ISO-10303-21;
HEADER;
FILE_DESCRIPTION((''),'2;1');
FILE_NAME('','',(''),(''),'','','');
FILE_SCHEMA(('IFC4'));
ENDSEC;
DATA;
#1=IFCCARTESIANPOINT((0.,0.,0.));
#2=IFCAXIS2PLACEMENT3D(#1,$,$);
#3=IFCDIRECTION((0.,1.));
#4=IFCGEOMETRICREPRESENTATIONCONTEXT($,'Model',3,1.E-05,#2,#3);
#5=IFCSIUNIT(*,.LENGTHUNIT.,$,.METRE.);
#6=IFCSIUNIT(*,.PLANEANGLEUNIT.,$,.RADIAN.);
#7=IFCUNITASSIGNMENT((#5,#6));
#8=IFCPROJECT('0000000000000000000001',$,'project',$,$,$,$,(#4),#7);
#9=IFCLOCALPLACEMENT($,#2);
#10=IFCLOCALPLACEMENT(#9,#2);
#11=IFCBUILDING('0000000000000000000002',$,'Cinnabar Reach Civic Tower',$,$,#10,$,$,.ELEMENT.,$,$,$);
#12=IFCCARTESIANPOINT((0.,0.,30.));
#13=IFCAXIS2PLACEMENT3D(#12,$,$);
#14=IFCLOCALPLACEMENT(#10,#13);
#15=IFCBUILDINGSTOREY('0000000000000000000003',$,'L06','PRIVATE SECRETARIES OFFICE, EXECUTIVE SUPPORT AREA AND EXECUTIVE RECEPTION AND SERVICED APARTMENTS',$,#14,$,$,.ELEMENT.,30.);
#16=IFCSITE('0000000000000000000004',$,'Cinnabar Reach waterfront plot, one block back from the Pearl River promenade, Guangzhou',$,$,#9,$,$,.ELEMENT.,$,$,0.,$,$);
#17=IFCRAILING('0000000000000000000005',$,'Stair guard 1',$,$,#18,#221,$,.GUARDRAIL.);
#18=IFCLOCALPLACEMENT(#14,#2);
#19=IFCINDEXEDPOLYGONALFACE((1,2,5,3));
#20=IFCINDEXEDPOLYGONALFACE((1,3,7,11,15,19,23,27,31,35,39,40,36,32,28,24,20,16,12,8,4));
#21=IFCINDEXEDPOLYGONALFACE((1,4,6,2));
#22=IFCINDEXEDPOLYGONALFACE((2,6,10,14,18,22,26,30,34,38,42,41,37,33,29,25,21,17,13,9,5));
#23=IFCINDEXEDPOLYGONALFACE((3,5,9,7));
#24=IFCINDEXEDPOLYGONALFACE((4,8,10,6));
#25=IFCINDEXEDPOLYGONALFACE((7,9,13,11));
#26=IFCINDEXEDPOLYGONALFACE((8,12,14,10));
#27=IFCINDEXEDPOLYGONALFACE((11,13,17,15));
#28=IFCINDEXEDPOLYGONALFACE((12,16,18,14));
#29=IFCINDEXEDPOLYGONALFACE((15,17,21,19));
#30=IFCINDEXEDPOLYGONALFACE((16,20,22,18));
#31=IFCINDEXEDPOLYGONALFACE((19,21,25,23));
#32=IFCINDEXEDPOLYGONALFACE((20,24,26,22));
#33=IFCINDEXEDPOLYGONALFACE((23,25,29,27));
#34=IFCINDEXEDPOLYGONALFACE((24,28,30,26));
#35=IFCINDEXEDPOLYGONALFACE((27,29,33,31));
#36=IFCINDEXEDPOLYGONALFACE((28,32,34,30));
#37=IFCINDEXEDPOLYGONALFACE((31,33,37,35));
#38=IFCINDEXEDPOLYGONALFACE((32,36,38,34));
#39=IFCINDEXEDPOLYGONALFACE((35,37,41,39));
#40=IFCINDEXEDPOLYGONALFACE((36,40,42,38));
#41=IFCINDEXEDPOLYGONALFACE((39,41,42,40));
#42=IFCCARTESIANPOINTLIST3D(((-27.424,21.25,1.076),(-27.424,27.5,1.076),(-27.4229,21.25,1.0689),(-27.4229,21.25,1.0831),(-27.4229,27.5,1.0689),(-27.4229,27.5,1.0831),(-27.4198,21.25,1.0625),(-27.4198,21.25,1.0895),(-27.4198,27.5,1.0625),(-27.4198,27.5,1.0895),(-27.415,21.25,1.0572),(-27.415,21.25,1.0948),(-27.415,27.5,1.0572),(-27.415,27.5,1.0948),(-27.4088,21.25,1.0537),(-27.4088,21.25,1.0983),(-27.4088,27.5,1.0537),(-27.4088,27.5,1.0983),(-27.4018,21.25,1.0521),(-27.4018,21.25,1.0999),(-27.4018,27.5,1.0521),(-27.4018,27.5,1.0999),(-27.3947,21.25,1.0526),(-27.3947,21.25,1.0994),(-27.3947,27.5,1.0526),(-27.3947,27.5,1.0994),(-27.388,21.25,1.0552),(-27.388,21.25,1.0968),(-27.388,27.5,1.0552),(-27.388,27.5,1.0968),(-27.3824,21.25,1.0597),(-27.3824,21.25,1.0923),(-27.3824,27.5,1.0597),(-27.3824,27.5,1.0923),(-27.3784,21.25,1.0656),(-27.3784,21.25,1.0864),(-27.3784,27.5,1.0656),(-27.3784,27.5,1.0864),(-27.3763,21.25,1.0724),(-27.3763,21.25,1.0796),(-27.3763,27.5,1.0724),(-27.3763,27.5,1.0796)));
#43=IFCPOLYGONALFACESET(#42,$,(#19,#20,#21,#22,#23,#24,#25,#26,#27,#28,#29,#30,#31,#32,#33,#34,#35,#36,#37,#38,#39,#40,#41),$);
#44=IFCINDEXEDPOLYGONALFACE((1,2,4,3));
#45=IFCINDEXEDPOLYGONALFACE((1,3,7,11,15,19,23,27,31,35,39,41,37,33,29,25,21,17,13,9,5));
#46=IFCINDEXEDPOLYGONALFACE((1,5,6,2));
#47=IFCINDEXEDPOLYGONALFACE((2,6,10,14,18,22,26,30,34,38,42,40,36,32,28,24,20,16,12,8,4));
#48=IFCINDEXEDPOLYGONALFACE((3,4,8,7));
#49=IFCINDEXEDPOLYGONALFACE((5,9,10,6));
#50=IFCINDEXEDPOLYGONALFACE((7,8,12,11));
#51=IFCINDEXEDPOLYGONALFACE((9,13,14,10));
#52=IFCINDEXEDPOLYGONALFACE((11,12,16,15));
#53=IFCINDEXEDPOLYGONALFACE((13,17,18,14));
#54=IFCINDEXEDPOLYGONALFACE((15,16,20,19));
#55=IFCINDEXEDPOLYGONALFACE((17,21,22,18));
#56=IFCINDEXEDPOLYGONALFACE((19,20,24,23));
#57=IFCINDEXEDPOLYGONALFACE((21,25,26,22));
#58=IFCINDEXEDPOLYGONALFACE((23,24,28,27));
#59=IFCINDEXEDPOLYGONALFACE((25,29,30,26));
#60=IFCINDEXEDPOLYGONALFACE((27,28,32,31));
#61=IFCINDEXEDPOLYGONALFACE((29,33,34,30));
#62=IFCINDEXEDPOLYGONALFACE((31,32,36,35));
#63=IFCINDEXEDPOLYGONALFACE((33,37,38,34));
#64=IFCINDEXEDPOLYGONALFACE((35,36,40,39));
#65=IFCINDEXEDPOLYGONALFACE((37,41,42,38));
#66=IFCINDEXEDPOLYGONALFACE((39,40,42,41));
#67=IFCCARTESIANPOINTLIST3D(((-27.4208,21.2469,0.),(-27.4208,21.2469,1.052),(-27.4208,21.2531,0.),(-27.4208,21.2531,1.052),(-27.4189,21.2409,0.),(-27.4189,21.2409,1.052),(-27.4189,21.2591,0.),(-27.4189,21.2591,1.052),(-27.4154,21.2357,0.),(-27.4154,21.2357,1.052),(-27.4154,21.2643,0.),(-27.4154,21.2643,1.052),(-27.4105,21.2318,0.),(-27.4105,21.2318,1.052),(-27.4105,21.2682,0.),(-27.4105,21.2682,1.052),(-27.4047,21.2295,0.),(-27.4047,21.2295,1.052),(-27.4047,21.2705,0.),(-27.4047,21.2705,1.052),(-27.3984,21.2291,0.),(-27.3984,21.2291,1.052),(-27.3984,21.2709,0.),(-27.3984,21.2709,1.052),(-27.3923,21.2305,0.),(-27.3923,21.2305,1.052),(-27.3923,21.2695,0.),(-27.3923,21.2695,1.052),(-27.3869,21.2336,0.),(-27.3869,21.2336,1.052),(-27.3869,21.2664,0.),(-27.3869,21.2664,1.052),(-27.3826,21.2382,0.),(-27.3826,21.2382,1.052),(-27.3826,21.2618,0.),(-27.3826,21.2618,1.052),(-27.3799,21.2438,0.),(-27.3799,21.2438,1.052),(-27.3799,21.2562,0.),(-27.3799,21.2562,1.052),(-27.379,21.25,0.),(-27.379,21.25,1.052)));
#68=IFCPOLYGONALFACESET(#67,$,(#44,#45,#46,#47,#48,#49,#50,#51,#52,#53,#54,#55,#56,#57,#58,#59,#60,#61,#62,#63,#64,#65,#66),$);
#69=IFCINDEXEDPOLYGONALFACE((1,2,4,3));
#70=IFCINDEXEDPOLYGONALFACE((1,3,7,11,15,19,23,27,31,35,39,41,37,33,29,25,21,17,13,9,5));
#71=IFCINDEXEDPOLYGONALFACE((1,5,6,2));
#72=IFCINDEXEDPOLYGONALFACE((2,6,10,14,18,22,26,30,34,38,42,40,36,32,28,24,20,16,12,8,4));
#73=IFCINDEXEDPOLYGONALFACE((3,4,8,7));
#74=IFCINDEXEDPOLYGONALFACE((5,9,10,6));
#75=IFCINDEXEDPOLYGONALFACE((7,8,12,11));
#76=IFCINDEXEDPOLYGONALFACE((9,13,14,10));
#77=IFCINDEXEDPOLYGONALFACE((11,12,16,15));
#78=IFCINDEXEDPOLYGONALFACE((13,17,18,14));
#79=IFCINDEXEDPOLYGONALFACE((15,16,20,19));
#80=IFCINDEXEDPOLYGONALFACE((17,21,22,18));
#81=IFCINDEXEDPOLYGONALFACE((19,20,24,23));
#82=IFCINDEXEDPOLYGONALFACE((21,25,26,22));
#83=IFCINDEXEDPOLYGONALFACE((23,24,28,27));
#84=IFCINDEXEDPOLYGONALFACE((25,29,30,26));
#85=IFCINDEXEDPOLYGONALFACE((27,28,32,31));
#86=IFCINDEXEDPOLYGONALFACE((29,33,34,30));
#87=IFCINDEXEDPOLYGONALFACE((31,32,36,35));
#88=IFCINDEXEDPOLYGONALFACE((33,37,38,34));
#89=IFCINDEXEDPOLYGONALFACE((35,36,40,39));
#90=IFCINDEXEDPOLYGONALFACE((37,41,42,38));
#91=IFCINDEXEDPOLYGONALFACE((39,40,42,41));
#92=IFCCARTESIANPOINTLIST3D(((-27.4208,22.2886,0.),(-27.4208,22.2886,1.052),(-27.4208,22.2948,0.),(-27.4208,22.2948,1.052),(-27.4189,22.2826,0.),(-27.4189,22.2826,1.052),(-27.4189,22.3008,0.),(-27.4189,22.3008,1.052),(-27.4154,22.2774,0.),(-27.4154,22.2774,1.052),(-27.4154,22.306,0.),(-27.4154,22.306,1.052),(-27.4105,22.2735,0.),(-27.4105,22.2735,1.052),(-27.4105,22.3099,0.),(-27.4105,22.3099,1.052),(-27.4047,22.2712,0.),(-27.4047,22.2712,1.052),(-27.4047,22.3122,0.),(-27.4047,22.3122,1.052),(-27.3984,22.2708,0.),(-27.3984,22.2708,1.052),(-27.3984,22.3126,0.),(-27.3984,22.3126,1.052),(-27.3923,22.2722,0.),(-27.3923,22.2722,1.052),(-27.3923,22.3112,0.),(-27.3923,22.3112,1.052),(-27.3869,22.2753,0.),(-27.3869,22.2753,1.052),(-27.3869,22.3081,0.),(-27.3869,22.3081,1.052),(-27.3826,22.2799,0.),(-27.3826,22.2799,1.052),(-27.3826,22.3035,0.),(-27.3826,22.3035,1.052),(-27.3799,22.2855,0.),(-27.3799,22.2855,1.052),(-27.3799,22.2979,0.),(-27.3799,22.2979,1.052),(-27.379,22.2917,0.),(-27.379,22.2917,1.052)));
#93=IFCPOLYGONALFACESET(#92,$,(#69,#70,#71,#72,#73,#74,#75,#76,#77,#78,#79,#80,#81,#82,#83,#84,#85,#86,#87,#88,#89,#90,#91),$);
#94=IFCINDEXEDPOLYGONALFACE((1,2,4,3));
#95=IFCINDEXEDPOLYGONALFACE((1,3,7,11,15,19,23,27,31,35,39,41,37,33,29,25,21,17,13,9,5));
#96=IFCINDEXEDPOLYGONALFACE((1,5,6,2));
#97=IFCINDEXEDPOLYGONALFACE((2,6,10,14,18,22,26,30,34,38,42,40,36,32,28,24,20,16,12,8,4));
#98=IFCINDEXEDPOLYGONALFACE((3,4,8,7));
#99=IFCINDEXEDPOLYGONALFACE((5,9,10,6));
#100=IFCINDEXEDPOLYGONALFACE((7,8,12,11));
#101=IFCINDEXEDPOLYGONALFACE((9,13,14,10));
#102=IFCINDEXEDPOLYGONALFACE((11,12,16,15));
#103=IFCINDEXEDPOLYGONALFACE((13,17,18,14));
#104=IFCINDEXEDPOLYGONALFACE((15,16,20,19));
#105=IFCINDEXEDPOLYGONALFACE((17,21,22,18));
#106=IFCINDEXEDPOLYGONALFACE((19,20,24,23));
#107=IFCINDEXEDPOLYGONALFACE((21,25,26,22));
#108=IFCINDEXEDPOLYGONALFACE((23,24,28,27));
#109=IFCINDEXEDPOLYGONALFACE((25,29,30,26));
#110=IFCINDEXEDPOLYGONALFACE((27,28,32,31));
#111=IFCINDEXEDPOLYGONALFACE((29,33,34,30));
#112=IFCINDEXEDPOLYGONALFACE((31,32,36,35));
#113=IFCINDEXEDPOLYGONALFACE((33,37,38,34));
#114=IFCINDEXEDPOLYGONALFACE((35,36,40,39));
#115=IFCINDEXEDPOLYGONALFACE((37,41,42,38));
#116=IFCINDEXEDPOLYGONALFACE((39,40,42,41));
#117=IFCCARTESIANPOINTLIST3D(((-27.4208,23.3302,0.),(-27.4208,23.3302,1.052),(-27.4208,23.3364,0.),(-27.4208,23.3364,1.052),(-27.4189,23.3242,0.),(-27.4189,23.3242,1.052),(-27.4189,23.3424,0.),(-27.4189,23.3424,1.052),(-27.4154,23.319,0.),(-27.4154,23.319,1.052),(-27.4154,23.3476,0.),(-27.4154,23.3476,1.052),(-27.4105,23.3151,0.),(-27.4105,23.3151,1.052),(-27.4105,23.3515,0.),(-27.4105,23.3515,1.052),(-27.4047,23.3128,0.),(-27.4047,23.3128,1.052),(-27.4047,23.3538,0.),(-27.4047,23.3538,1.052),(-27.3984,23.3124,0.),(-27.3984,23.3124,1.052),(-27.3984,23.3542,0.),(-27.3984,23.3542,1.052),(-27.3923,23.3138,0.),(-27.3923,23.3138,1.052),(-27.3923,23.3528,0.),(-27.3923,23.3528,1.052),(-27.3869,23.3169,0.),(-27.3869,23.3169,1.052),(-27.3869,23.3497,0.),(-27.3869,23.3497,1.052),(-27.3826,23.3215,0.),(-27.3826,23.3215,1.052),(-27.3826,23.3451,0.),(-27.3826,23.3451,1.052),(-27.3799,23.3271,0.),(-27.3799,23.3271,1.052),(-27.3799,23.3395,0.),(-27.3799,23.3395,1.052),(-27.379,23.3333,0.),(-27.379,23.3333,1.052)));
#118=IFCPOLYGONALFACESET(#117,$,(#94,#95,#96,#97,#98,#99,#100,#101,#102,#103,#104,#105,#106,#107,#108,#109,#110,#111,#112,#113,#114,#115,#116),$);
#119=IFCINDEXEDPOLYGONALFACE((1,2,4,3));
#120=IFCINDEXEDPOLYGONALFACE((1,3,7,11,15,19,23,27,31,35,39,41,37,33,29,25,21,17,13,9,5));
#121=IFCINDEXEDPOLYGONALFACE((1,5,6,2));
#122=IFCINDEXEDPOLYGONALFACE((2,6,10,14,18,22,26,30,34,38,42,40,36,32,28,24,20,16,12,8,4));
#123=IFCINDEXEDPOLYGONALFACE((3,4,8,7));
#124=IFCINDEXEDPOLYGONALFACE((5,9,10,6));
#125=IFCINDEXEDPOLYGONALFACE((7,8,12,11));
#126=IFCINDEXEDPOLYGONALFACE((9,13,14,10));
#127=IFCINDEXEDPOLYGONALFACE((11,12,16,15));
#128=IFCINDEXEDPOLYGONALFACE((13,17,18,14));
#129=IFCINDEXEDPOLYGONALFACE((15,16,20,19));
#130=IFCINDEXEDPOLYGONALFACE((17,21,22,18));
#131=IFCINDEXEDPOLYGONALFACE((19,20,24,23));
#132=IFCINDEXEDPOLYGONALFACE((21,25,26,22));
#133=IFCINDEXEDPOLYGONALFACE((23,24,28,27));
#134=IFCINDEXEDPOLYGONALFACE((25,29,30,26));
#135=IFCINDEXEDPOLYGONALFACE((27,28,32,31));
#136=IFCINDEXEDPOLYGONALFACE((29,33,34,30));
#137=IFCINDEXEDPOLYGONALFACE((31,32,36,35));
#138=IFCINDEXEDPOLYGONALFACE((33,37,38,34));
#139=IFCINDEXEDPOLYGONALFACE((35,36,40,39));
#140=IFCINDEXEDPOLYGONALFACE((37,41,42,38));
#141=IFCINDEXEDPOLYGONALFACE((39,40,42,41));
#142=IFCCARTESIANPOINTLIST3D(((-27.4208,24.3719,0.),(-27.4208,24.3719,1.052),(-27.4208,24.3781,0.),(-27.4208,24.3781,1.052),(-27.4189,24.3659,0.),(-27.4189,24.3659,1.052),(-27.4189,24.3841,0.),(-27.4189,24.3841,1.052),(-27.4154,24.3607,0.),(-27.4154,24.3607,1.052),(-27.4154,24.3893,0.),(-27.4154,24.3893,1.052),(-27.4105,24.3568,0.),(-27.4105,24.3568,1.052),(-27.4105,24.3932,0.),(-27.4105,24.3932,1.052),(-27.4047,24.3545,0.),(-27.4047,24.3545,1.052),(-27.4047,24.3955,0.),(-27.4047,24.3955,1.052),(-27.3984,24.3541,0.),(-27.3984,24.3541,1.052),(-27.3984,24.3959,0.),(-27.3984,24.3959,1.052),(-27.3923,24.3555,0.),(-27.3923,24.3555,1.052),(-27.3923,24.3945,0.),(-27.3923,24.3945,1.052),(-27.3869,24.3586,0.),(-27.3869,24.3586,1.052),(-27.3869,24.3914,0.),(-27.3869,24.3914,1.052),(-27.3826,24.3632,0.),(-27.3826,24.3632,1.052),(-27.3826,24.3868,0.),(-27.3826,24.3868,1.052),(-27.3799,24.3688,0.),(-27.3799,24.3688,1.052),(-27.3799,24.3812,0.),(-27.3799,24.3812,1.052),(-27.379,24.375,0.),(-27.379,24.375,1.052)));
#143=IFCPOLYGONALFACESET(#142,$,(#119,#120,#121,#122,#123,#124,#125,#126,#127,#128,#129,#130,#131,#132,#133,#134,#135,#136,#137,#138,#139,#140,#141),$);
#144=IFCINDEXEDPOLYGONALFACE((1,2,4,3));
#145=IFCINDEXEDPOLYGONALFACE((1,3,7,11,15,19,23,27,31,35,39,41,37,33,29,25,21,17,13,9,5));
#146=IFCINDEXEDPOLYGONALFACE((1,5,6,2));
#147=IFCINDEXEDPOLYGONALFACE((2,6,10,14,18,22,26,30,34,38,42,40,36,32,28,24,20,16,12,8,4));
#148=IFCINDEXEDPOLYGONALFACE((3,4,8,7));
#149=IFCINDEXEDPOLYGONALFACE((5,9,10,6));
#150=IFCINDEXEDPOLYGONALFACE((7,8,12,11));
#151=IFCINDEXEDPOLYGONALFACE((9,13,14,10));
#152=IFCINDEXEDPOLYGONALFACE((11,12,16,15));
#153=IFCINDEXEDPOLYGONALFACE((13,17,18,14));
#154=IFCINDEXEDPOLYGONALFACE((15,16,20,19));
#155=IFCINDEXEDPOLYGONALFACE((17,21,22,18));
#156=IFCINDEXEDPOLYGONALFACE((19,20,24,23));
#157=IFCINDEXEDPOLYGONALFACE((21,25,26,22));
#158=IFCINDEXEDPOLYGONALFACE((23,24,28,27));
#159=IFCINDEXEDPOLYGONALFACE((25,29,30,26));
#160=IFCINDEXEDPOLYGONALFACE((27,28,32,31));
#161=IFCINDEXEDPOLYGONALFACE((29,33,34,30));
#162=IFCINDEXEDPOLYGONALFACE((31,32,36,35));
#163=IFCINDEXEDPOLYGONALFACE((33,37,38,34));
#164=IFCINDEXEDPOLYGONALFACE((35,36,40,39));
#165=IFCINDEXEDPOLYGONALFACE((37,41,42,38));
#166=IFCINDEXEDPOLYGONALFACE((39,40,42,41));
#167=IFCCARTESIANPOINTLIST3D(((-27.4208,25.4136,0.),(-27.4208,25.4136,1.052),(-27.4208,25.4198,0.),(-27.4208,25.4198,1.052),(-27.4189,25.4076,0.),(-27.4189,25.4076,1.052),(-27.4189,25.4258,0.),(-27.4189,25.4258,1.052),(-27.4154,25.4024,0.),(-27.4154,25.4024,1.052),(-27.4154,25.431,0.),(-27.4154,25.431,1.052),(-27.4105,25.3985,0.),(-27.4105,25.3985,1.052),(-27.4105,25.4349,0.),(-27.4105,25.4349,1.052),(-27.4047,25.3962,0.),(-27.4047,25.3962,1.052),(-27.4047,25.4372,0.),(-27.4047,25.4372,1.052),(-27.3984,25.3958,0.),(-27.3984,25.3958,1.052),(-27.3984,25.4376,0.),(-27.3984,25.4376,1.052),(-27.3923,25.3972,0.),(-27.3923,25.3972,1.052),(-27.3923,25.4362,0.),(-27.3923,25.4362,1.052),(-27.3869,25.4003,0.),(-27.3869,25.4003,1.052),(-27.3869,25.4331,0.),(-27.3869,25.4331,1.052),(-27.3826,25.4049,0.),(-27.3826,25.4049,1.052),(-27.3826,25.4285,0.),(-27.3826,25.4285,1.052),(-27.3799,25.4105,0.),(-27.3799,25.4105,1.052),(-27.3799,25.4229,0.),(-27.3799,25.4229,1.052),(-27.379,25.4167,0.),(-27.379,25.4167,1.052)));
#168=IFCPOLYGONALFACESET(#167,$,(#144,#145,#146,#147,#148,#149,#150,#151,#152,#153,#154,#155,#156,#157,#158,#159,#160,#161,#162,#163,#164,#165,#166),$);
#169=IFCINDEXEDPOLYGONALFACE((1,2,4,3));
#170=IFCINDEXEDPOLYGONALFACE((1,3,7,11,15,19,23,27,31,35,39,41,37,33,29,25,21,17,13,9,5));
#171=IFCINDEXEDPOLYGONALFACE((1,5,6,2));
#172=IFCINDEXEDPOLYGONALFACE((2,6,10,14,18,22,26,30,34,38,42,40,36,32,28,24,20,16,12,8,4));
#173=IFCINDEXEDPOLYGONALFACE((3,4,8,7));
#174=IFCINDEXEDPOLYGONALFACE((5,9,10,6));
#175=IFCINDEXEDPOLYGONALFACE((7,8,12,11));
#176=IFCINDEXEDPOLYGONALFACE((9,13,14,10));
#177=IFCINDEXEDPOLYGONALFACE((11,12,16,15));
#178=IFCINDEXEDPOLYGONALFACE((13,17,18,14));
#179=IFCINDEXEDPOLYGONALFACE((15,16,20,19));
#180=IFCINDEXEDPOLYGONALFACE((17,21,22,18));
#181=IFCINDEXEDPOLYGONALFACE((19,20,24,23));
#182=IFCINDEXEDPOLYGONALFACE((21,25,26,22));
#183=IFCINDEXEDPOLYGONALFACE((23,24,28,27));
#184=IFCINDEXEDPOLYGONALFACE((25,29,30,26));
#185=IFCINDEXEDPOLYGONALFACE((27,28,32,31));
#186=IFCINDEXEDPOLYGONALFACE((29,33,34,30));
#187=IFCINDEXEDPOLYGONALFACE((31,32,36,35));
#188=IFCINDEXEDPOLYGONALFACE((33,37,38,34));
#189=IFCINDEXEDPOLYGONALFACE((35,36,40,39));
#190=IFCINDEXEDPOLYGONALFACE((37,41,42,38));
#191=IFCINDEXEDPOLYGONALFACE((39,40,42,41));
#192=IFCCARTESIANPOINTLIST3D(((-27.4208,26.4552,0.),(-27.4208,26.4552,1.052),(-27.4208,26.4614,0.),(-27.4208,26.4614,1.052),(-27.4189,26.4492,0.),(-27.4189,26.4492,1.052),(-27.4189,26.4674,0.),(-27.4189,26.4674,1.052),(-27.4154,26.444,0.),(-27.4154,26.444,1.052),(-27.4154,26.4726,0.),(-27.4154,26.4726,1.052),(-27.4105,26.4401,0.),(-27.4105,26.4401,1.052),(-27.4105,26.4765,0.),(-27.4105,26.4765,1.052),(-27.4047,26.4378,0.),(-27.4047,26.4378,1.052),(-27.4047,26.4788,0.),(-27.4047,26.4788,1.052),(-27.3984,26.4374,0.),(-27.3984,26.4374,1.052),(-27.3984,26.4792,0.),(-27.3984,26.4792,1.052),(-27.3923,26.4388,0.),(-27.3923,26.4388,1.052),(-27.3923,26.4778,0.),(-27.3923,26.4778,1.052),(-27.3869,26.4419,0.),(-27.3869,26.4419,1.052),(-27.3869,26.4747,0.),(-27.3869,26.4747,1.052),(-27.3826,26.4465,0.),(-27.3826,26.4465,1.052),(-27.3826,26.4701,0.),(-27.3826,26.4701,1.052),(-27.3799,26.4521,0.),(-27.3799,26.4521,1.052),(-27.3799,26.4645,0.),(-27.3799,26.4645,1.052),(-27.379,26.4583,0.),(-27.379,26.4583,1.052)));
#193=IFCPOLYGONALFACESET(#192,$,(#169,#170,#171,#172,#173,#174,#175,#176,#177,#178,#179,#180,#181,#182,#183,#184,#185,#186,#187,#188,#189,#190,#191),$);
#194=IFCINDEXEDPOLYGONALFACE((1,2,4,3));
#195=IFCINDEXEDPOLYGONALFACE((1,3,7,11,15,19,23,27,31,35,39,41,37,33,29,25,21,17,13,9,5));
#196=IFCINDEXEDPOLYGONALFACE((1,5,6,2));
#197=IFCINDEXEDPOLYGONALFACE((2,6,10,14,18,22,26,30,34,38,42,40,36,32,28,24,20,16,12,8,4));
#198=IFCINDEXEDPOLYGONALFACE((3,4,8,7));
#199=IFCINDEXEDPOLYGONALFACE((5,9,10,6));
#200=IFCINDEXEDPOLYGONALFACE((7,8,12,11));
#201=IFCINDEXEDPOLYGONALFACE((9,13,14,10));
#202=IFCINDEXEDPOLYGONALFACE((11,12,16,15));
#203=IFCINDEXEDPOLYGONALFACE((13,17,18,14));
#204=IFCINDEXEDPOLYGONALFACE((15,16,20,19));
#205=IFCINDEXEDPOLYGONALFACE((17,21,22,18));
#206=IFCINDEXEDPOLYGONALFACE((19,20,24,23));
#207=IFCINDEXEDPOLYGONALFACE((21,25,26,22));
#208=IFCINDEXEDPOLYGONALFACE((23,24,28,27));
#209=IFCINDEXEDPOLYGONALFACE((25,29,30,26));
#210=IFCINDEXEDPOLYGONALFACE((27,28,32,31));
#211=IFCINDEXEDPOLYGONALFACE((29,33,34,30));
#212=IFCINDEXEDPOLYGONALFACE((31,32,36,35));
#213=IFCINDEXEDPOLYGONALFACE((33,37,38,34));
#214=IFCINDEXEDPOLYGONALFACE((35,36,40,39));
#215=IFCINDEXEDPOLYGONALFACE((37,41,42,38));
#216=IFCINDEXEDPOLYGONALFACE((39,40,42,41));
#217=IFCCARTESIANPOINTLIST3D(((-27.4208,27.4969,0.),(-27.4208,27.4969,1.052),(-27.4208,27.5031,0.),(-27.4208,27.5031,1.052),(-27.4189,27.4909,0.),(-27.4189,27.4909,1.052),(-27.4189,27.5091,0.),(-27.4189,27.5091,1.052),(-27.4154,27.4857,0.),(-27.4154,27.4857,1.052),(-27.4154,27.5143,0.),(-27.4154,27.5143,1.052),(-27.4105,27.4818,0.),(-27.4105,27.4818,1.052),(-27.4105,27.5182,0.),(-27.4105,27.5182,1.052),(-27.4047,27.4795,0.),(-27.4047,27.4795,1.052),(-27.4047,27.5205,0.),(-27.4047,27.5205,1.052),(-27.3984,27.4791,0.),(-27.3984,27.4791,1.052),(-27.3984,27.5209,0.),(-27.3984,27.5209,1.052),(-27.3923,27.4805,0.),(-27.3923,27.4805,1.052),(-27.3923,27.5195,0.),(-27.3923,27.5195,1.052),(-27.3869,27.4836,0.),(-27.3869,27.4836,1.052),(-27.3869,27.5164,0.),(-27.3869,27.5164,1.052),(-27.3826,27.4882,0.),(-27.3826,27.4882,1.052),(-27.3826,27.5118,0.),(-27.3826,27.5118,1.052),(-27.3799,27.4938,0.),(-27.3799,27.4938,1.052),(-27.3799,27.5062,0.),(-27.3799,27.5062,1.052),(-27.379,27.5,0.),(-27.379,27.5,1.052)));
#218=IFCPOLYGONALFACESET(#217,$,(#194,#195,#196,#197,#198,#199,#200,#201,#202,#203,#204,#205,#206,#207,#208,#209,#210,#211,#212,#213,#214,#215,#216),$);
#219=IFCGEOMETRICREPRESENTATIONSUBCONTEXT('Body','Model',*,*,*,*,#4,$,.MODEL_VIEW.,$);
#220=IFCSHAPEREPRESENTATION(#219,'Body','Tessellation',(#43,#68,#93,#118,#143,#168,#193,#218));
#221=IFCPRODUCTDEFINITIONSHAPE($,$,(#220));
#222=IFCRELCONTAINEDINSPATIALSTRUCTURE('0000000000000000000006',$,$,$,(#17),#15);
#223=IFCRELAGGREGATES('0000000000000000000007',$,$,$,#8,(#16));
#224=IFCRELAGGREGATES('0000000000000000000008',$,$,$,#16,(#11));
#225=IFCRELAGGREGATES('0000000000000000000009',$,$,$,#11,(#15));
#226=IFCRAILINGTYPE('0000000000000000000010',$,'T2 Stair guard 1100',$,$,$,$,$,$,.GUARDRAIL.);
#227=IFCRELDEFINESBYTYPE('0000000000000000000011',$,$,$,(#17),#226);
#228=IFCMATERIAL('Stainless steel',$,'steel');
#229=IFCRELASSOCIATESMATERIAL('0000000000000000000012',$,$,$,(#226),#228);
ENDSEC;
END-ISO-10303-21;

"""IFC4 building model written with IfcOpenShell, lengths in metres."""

from ifc_helpers import new_model, si_unit, direction, frame, origin, origin_2d, place, context, subcontext, project, spatial, circle, extrude, material, type_object, element, save


model = new_model("IFC4")

# Units and contexts
model_context = context("Model", 3, precision=1e-05, world=origin(), true_north=direction((0.0, 1.0)))
body_context = subcontext(model_context, "Body", "Model", "MODEL_VIEW")
ifc_project = project(units=[si_unit("LENGTHUNIT", "METRE"), si_unit("PLANEANGLEUNIT", "RADIAN")], contexts=[model_context])

# Site, building, storey
site_placement = place(None, origin())
site = spatial("IfcSite", under=ifc_project, at=site_placement, Name="Cinnabar Reach waterfront plot, one block back from the Pearl River promenade, Guangzhou", CompositionType="ELEMENT", RefElevation=0.0)
building_placement = place(site_placement, origin())
building = spatial("IfcBuilding", under=site, at=building_placement, Name="Cinnabar Reach Civic Tower", CompositionType="ELEMENT")
storey_placement = place(building_placement, frame((0.0, 0.0, 30.0)))
storey = spatial("IfcBuildingStorey", under=building, at=storey_placement, Name="L06", Description="PRIVATE SECRETARIES OFFICE, EXECUTIVE SUPPORT AREA AND EXECUTIVE RECEPTION AND SERVICED APARTMENTS", CompositionType="ELEMENT", Elevation=30.0)

# Railing
ifc_material_1 = material(Name="Stainless steel", Category="steel")
railing_type = type_object("IfcRailingType", Name="T2 Stair guard 1100", PredefinedType="GUARDRAIL", material=ifc_material_1)
for number, where, name in (
    (1, (-27.4, 21.25, 0.0), "Stair guard 1"),
):
    element("IfcRailing", number, at=place(storey_placement, frame(where)), inside=storey, type_object=railing_type, Name=name, PredefinedType="GUARDRAIL", context=body_context, shape_type="SweptSolid", body=[
        extrude(circle(Radius=0.024, at=origin_2d()), frame((0.0, 0.0, 1.076), z_axis=(0.0, 1.0, 0.0), x_axis=(-1.0, 0.0, 0.0)), (0.0, 0.0, 1.0), 6.25),
        extrude(circle(Radius=0.021, at=origin_2d()), origin(), (0.0, 0.0, 1.0), 1.052),
        extrude(circle(Radius=0.021, at=origin_2d()), frame((0.0, 1.0417, 0.0)), (0.0, 0.0, 1.0), 1.052),
        extrude(circle(Radius=0.021, at=origin_2d()), frame((0.0, 2.0833, 0.0)), (0.0, 0.0, 1.0), 1.052),
        extrude(circle(Radius=0.021, at=origin_2d()), frame((0.0, 3.125, 0.0)), (0.0, 0.0, 1.0), 1.052),
        extrude(circle(Radius=0.021, at=origin_2d()), frame((0.0, 4.1667, 0.0)), (0.0, 0.0, 1.0), 1.052),
        extrude(circle(Radius=0.021, at=origin_2d()), frame((0.0, 5.2083, 0.0)), (0.0, 0.0, 1.0), 1.052),
        extrude(circle(Radius=0.021, at=origin_2d()), frame((0.0, 6.25, 0.0)), (0.0, 0.0, 1.0), 1.052),
    ])

save(model, "model.ifc")
